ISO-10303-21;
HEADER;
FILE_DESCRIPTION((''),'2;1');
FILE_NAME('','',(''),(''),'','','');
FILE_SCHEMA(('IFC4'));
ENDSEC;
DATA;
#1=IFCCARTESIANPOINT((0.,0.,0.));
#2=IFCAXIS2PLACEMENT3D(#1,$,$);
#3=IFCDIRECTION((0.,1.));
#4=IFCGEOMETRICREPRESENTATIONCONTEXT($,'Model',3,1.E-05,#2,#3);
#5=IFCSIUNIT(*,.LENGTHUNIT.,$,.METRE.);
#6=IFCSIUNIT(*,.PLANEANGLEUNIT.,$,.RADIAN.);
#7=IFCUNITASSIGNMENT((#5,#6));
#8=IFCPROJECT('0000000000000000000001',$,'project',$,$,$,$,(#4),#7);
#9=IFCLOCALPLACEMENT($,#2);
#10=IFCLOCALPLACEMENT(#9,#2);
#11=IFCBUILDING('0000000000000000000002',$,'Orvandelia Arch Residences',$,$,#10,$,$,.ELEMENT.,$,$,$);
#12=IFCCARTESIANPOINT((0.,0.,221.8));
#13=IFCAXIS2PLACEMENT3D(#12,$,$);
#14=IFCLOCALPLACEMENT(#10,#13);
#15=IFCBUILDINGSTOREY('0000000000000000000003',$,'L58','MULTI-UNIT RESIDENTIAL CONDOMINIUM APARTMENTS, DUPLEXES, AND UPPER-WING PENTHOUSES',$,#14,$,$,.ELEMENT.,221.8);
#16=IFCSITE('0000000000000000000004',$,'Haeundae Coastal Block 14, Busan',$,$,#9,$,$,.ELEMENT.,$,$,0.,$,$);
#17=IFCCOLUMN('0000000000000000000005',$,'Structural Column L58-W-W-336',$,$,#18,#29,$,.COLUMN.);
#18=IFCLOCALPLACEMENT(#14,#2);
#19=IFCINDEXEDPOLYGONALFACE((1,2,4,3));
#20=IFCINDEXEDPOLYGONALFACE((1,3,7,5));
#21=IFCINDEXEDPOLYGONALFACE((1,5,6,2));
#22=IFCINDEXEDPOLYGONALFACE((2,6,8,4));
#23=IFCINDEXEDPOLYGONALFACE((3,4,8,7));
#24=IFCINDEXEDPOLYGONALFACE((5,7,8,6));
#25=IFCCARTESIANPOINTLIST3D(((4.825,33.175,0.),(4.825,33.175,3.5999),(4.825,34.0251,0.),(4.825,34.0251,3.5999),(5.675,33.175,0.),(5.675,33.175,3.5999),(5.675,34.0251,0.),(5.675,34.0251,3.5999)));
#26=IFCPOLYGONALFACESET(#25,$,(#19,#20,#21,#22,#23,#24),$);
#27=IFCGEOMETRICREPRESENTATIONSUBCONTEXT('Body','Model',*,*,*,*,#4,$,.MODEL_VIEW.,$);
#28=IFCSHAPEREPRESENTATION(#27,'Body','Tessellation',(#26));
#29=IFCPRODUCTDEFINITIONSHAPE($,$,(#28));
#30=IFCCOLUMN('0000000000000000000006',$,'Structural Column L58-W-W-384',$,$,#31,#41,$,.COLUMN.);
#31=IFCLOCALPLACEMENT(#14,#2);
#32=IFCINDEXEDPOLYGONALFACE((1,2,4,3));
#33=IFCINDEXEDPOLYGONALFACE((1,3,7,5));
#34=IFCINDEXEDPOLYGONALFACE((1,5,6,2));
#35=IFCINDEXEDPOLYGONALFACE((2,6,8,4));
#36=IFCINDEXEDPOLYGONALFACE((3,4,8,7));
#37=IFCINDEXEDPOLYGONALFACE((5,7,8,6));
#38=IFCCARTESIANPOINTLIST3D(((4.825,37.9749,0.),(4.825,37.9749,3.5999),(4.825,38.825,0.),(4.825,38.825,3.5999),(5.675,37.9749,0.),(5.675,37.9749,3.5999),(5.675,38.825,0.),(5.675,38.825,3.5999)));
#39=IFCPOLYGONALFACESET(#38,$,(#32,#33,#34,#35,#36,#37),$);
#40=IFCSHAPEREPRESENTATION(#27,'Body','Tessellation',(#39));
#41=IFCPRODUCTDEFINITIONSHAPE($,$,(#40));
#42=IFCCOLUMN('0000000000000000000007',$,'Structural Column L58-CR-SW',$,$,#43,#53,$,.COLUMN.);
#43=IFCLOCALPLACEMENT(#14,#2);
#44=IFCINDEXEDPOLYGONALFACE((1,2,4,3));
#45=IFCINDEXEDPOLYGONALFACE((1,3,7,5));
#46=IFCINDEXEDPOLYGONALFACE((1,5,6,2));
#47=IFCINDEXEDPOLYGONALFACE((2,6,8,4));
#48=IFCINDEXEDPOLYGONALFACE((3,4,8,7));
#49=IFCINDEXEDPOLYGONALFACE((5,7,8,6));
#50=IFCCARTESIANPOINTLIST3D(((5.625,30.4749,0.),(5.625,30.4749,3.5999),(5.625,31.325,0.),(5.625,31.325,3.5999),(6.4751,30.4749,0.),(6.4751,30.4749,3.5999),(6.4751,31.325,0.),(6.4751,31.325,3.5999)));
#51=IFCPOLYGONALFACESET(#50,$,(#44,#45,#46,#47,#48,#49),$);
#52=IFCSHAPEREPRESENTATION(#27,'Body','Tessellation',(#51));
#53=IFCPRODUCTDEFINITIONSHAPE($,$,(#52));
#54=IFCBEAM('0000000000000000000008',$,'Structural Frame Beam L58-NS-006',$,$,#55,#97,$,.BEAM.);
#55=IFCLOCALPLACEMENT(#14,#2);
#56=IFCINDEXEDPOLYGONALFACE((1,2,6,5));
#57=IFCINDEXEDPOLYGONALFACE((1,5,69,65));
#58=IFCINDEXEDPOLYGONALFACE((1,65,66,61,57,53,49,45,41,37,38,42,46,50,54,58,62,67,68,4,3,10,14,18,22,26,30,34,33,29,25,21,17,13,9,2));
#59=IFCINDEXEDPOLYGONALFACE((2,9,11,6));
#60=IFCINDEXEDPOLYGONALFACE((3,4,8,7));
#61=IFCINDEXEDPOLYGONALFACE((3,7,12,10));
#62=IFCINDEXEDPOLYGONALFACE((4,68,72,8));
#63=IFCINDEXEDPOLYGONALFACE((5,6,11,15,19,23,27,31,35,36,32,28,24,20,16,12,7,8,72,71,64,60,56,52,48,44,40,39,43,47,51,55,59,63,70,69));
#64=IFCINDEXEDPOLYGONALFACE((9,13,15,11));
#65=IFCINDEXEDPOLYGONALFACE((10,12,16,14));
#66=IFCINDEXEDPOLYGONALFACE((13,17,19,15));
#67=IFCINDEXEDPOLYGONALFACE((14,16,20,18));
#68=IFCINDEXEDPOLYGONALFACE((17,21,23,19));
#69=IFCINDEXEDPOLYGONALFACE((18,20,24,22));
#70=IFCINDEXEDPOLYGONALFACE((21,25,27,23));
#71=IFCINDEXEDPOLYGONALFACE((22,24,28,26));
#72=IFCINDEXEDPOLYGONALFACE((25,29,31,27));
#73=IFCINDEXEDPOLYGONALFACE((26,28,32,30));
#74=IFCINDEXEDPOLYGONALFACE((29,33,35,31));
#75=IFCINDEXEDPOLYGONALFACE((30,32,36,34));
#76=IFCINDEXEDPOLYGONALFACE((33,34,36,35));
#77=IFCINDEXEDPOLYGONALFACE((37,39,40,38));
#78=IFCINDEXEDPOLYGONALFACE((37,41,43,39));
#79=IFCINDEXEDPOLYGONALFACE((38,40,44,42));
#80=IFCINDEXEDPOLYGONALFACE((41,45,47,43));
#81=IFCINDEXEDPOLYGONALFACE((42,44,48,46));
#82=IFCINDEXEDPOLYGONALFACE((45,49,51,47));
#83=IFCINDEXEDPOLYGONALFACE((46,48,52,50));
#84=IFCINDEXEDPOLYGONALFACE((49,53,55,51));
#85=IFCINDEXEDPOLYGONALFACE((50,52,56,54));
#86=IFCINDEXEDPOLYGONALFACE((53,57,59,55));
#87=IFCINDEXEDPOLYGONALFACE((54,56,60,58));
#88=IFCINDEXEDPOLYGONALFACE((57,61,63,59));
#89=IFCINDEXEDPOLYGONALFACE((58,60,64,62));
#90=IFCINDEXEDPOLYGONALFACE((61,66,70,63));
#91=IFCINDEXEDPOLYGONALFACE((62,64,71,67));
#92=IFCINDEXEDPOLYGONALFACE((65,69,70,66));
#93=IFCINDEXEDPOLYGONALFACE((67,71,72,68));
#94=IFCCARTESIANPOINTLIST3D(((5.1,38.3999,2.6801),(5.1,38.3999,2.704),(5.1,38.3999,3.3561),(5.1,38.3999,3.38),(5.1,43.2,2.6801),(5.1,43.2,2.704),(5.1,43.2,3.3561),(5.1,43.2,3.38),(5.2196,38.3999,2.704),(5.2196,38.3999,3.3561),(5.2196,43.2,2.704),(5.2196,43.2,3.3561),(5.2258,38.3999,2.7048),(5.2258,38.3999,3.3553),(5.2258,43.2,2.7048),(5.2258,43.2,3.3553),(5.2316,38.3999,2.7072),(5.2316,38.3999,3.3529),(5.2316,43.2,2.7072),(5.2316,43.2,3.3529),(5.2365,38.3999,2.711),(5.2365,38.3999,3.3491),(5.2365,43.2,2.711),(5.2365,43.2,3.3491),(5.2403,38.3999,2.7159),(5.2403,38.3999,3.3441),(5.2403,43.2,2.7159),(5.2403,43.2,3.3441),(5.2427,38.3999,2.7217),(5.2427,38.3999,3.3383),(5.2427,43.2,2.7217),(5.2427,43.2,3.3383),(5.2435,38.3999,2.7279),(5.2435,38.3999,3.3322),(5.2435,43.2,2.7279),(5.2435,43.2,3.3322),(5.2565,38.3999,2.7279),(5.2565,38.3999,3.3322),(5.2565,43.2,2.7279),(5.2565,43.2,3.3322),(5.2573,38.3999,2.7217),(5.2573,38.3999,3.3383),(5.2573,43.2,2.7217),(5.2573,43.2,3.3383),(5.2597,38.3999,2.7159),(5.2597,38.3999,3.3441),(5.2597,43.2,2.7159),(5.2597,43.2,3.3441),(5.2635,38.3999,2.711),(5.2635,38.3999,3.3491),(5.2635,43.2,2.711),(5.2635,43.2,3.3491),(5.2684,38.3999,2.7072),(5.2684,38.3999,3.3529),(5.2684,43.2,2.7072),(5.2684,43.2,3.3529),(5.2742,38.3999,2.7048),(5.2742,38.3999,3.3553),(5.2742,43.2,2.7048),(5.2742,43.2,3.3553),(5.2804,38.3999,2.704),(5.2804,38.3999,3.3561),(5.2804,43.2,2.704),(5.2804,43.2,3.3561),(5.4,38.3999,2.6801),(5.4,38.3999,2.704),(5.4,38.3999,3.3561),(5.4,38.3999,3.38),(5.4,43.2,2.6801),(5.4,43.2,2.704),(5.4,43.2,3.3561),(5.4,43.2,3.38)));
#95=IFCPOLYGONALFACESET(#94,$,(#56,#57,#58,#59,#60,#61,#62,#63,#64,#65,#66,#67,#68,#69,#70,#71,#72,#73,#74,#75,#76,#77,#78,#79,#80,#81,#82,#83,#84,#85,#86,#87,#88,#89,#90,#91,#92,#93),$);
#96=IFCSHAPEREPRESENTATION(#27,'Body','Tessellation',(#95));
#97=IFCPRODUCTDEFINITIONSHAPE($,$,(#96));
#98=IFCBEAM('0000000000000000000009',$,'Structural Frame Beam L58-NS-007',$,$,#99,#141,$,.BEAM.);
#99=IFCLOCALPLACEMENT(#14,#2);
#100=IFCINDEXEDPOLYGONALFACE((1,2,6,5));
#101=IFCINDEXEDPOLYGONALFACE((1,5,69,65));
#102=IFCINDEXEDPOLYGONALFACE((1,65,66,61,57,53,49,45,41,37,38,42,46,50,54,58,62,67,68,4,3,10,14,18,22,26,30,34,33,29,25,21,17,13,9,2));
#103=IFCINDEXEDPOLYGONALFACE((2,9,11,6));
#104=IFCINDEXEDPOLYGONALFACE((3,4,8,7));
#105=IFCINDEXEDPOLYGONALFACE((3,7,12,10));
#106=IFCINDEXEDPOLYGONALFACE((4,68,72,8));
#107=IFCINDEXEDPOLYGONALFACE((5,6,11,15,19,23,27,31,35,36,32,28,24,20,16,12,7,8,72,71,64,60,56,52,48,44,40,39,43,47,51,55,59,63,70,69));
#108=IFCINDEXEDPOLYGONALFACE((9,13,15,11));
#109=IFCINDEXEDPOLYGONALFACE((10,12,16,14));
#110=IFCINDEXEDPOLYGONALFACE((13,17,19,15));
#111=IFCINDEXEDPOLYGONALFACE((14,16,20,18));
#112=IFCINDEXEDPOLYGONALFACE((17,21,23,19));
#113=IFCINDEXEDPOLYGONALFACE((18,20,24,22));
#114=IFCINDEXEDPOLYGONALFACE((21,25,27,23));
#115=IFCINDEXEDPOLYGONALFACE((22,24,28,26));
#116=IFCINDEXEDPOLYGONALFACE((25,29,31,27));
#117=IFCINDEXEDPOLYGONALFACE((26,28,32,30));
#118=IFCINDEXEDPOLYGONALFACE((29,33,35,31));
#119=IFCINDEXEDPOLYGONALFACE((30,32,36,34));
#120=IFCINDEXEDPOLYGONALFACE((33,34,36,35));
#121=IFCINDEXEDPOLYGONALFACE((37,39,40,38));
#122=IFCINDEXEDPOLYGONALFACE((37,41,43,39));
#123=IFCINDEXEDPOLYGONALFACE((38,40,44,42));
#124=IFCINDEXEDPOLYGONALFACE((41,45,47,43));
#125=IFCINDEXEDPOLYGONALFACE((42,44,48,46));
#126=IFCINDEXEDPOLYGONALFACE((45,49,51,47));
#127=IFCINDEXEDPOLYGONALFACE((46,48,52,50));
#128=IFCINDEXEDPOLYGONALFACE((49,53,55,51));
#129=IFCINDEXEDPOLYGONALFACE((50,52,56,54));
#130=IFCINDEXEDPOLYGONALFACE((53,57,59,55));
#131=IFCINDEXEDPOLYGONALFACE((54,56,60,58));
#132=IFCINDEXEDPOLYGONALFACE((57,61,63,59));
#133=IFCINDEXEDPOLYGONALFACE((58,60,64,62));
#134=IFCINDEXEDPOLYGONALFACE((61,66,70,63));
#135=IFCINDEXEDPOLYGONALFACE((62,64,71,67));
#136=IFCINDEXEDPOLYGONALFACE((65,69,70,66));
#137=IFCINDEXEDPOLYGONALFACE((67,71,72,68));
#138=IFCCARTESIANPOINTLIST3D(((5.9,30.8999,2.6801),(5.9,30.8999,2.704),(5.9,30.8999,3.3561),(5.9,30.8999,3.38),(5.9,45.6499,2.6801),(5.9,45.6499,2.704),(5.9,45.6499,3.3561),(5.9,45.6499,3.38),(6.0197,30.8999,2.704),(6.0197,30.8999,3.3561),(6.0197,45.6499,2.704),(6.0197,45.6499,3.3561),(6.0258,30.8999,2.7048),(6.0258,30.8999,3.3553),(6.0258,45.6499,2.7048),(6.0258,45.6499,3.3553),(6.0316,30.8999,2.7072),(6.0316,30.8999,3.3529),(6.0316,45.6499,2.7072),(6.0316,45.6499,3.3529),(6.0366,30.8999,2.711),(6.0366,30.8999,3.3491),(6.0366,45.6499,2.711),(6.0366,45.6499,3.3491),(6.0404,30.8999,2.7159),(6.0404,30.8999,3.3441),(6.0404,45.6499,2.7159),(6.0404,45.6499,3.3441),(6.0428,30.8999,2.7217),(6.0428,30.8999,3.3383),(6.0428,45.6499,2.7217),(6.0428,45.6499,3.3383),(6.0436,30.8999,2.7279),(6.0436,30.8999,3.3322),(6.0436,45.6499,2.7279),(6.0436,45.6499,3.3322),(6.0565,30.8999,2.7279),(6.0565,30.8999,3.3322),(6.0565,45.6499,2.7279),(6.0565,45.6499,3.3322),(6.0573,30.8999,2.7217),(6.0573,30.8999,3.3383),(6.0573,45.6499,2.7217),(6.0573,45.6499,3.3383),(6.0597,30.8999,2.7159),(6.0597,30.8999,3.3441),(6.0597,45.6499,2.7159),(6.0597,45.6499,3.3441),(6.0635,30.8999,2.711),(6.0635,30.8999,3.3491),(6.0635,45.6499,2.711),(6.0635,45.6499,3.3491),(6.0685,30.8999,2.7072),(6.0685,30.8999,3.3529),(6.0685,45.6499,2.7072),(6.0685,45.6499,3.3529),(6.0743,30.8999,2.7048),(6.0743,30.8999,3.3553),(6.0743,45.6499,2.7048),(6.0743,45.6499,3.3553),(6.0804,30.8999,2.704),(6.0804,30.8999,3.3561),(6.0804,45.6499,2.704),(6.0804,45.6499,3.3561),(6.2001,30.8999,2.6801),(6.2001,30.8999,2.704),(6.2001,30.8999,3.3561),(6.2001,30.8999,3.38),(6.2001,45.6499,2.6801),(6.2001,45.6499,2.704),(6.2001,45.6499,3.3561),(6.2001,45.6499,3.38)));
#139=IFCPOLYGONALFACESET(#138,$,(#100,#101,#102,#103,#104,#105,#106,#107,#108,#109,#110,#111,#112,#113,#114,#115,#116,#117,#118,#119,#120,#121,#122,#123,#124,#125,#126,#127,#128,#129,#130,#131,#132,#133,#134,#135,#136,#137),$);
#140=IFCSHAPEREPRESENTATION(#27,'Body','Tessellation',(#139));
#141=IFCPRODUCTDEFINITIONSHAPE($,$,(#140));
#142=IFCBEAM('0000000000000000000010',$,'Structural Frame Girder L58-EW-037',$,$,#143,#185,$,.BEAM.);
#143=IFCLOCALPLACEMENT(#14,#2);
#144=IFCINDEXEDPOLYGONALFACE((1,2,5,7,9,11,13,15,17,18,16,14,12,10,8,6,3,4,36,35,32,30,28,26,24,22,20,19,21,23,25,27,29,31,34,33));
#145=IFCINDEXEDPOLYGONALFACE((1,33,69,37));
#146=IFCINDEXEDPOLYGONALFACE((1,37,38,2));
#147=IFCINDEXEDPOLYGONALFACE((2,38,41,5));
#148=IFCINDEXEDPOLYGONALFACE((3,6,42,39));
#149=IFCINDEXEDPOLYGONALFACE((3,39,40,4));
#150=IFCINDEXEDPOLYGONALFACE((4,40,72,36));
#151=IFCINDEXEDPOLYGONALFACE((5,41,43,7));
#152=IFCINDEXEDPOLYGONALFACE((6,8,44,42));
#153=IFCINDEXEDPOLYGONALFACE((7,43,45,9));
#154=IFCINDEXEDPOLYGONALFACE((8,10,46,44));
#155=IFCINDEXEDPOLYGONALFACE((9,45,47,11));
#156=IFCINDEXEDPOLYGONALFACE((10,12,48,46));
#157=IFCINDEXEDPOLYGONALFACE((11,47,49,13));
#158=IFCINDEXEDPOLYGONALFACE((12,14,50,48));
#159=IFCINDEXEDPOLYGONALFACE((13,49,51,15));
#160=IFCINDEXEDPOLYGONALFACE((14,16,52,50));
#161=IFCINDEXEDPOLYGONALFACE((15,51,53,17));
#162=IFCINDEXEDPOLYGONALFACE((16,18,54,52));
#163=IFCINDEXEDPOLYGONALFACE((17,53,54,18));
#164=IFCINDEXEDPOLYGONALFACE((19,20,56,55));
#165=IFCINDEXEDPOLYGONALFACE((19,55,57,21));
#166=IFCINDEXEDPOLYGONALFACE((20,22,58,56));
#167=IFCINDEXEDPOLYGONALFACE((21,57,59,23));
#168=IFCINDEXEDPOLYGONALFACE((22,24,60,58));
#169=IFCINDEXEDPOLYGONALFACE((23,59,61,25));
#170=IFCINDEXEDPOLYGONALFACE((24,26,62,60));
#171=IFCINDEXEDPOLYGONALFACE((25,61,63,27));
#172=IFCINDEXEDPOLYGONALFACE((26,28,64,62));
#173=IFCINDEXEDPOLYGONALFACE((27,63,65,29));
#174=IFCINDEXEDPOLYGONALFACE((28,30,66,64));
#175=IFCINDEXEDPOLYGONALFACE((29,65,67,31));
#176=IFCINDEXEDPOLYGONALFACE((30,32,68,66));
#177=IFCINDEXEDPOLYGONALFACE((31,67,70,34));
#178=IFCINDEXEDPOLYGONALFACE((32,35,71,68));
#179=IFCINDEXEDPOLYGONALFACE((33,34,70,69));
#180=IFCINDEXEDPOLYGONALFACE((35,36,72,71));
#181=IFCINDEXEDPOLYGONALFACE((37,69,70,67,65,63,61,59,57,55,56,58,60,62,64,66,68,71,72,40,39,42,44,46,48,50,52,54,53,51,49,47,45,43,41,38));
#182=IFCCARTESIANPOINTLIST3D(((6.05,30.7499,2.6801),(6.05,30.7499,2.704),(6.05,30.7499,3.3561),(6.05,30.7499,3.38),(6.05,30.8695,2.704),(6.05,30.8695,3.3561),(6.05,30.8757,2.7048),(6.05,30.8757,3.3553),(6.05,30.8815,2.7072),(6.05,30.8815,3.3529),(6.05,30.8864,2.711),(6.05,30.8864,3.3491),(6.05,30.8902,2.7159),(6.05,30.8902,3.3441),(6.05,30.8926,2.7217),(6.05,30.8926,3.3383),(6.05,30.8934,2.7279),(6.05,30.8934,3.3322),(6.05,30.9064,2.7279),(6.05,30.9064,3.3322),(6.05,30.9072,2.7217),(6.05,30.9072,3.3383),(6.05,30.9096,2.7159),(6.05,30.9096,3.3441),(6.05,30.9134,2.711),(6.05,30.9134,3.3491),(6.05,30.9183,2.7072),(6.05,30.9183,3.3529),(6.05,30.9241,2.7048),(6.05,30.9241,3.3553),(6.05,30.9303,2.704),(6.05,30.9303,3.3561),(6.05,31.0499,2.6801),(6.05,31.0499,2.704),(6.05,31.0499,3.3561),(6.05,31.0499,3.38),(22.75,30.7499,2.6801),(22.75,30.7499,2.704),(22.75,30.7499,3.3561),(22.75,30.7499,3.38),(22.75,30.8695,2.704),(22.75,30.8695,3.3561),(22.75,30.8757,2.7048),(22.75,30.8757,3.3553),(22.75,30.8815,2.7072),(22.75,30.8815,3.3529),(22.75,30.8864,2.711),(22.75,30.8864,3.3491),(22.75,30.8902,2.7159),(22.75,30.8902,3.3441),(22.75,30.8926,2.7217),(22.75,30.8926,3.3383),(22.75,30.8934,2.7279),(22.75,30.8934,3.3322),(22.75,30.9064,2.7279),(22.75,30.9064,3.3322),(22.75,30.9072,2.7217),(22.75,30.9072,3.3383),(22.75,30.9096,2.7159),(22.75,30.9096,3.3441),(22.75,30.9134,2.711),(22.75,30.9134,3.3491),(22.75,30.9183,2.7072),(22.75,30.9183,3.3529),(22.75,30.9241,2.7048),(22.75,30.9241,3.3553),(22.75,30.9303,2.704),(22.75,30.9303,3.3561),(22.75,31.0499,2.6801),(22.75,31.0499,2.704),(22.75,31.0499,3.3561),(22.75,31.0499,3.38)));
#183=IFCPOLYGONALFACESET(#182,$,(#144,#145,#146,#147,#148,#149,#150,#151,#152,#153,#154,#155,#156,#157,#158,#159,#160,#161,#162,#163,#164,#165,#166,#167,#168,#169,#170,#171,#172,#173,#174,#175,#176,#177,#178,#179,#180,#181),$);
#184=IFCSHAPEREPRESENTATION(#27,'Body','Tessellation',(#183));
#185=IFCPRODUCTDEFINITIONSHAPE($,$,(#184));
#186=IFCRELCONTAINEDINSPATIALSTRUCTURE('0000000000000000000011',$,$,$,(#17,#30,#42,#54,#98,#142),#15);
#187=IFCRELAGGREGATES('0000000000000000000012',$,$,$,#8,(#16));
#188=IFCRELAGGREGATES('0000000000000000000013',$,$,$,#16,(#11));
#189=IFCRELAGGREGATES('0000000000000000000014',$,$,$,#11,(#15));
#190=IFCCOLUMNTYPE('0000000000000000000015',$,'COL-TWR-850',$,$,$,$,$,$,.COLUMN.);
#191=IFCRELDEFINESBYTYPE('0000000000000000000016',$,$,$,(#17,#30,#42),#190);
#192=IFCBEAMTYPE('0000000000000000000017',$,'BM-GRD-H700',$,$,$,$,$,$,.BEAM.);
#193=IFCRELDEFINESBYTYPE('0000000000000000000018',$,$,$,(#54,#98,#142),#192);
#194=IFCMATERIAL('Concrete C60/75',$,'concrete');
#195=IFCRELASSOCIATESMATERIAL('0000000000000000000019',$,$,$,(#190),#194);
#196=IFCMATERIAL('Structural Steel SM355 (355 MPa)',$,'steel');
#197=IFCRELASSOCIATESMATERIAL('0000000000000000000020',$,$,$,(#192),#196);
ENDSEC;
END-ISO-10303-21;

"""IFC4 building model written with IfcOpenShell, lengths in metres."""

from ifc_helpers import new_model, si_unit, direction, frame, origin, origin_2d, place, context, subcontext, project, spatial, rectangle, i_section, extrude, material, material_profile, profile_set, type_object, element, save


model = new_model("IFC4")

# Units and contexts
model_context = context("Model", 3, precision=1e-05, world=origin(), true_north=direction((0.0, 1.0)))
body_context = subcontext(model_context, "Body", "Model", "MODEL_VIEW")
ifc_project = project(units=[si_unit("LENGTHUNIT", "METRE"), si_unit("PLANEANGLEUNIT", "RADIAN")], contexts=[model_context])

# Site, building, storey
site_placement = place(None, origin())
site = spatial("IfcSite", under=ifc_project, at=site_placement, Name="Haeundae Coastal Block 14, Busan", CompositionType="ELEMENT", RefElevation=0.0)
building_placement = place(site_placement, origin())
building = spatial("IfcBuilding", under=site, at=building_placement, Name="Orvandelia Arch Residences", CompositionType="ELEMENT")
storey_placement = place(building_placement, frame((0.0, 0.0, 221.8)))
storey = spatial("IfcBuildingStorey", under=building, at=storey_placement, Name="L58", Description="MULTI-UNIT RESIDENTIAL CONDOMINIUM APARTMENTS, DUPLEXES, AND UPPER-WING PENTHOUSES", CompositionType="ELEMENT", Elevation=221.8)

# Columns
ifc_material_1 = material(Name="Concrete C60/75", Category="concrete")
ifc_material_profile_1 = material_profile(ifc_material_1, rectangle(XDim=0.8501, YDim=0.8501, at=origin_2d()), Name="Concrete C60/75", Category="concrete")
ifc_profile_set_1 = profile_set([ifc_material_profile_1], Name="Concrete C60/75")
column_type = type_object("IfcColumnType", Name="COL-TWR-850", PredefinedType="COLUMN", material=ifc_profile_set_1)
for number, where, z_axis, x_axis, name in (
    (1, (5.25, 33.6001, 0.0), (0.0, 0.0, 1.0), (1.0, 0.0, 0.0), "Structural Column L58-W-W-336"),
    (2, (5.25, 38.3999, 0.0), (0.0, 0.0, 1.0), (1.0, 0.0, 0.0), "Structural Column L58-W-W-384"),
    (3, (6.05, 30.8999, 0.0), (0.0, 0.0, 1.0), (1.0, 0.0, 0.0), "Structural Column L58-CR-SW"),
):
    element("IfcColumn", number, at=place(storey_placement, frame(where, z_axis=z_axis, x_axis=x_axis)), inside=storey, type_object=column_type, Name=name, PredefinedType="COLUMN", context=body_context, shape_type="SweptSolid", body=[
        extrude(rectangle(XDim=0.8501, YDim=0.8501, at=origin_2d()), origin(), (0.0, 0.0, 1.0), 3.5999),
    ])

# Beams
ifc_material_2 = material(Name="Structural Steel SM355 (355 MPa)", Category="steel")
ifc_material_profile_2 = material_profile(ifc_material_2, i_section(OverallWidth=0.3, OverallDepth=0.7, WebThickness=0.0129, FlangeThickness=0.0239, FilletRadius=0.0239, at=origin_2d()), Name="Structural Steel SM355 (355 MPa)", Category="steel")
ifc_profile_set_2 = profile_set([ifc_material_profile_2], Name="Structural Steel SM355 (355 MPa)")
beam_type_1 = type_object("IfcBeamType", Name="BM-GRD-H700", PredefinedType="BEAM", material=ifc_profile_set_2)
beam_1_placement = place(storey_placement, frame((5.25, 38.3999, 3.03), z_axis=(0.0, 1.0, 0.0), x_axis=(-1.0, 0.0, 0.0)))
element("IfcBeam", 4, at=beam_1_placement, inside=storey, type_object=beam_type_1, Name="Structural Frame Beam L58-NS-006", PredefinedType="BEAM", context=body_context, shape_type="SweptSolid", body=[
    extrude(i_section(OverallWidth=0.3, OverallDepth=0.7, WebThickness=0.0129, FlangeThickness=0.0239, FilletRadius=0.0239, at=origin_2d()), origin(), (0.0, 0.0, 1.0), 4.8),
])
beam_2_placement = place(storey_placement, frame((6.05, 30.8999, 3.03), z_axis=(0.0, 1.0, 0.0), x_axis=(-1.0, 0.0, 0.0)))
element("IfcBeam", 5, at=beam_2_placement, inside=storey, type_object=beam_type_1, Name="Structural Frame Beam L58-NS-007", PredefinedType="BEAM", context=body_context, shape_type="SweptSolid", body=[
    extrude(i_section(OverallWidth=0.3, OverallDepth=0.7, WebThickness=0.0129, FlangeThickness=0.0239, FilletRadius=0.0239, at=origin_2d()), origin(), (0.0, 0.0, 1.0), 14.75),
])
beam_3_placement = place(storey_placement, frame((6.05, 30.8999, 3.03), z_axis=(1.0, 0.0, 0.0), x_axis=(0.0, 1.0, 0.0)))
element("IfcBeam", 6, at=beam_3_placement, inside=storey, type_object=beam_type_1, Name="Structural Frame Girder L58-EW-037", PredefinedType="BEAM", context=body_context, shape_type="SweptSolid", body=[
    extrude(i_section(OverallWidth=0.3, OverallDepth=0.7, WebThickness=0.0129, FlangeThickness=0.0239, FilletRadius=0.0239, at=origin_2d()), origin(), (0.0, 0.0, 1.0), 16.7),
])

save(model, "model.ifc")
